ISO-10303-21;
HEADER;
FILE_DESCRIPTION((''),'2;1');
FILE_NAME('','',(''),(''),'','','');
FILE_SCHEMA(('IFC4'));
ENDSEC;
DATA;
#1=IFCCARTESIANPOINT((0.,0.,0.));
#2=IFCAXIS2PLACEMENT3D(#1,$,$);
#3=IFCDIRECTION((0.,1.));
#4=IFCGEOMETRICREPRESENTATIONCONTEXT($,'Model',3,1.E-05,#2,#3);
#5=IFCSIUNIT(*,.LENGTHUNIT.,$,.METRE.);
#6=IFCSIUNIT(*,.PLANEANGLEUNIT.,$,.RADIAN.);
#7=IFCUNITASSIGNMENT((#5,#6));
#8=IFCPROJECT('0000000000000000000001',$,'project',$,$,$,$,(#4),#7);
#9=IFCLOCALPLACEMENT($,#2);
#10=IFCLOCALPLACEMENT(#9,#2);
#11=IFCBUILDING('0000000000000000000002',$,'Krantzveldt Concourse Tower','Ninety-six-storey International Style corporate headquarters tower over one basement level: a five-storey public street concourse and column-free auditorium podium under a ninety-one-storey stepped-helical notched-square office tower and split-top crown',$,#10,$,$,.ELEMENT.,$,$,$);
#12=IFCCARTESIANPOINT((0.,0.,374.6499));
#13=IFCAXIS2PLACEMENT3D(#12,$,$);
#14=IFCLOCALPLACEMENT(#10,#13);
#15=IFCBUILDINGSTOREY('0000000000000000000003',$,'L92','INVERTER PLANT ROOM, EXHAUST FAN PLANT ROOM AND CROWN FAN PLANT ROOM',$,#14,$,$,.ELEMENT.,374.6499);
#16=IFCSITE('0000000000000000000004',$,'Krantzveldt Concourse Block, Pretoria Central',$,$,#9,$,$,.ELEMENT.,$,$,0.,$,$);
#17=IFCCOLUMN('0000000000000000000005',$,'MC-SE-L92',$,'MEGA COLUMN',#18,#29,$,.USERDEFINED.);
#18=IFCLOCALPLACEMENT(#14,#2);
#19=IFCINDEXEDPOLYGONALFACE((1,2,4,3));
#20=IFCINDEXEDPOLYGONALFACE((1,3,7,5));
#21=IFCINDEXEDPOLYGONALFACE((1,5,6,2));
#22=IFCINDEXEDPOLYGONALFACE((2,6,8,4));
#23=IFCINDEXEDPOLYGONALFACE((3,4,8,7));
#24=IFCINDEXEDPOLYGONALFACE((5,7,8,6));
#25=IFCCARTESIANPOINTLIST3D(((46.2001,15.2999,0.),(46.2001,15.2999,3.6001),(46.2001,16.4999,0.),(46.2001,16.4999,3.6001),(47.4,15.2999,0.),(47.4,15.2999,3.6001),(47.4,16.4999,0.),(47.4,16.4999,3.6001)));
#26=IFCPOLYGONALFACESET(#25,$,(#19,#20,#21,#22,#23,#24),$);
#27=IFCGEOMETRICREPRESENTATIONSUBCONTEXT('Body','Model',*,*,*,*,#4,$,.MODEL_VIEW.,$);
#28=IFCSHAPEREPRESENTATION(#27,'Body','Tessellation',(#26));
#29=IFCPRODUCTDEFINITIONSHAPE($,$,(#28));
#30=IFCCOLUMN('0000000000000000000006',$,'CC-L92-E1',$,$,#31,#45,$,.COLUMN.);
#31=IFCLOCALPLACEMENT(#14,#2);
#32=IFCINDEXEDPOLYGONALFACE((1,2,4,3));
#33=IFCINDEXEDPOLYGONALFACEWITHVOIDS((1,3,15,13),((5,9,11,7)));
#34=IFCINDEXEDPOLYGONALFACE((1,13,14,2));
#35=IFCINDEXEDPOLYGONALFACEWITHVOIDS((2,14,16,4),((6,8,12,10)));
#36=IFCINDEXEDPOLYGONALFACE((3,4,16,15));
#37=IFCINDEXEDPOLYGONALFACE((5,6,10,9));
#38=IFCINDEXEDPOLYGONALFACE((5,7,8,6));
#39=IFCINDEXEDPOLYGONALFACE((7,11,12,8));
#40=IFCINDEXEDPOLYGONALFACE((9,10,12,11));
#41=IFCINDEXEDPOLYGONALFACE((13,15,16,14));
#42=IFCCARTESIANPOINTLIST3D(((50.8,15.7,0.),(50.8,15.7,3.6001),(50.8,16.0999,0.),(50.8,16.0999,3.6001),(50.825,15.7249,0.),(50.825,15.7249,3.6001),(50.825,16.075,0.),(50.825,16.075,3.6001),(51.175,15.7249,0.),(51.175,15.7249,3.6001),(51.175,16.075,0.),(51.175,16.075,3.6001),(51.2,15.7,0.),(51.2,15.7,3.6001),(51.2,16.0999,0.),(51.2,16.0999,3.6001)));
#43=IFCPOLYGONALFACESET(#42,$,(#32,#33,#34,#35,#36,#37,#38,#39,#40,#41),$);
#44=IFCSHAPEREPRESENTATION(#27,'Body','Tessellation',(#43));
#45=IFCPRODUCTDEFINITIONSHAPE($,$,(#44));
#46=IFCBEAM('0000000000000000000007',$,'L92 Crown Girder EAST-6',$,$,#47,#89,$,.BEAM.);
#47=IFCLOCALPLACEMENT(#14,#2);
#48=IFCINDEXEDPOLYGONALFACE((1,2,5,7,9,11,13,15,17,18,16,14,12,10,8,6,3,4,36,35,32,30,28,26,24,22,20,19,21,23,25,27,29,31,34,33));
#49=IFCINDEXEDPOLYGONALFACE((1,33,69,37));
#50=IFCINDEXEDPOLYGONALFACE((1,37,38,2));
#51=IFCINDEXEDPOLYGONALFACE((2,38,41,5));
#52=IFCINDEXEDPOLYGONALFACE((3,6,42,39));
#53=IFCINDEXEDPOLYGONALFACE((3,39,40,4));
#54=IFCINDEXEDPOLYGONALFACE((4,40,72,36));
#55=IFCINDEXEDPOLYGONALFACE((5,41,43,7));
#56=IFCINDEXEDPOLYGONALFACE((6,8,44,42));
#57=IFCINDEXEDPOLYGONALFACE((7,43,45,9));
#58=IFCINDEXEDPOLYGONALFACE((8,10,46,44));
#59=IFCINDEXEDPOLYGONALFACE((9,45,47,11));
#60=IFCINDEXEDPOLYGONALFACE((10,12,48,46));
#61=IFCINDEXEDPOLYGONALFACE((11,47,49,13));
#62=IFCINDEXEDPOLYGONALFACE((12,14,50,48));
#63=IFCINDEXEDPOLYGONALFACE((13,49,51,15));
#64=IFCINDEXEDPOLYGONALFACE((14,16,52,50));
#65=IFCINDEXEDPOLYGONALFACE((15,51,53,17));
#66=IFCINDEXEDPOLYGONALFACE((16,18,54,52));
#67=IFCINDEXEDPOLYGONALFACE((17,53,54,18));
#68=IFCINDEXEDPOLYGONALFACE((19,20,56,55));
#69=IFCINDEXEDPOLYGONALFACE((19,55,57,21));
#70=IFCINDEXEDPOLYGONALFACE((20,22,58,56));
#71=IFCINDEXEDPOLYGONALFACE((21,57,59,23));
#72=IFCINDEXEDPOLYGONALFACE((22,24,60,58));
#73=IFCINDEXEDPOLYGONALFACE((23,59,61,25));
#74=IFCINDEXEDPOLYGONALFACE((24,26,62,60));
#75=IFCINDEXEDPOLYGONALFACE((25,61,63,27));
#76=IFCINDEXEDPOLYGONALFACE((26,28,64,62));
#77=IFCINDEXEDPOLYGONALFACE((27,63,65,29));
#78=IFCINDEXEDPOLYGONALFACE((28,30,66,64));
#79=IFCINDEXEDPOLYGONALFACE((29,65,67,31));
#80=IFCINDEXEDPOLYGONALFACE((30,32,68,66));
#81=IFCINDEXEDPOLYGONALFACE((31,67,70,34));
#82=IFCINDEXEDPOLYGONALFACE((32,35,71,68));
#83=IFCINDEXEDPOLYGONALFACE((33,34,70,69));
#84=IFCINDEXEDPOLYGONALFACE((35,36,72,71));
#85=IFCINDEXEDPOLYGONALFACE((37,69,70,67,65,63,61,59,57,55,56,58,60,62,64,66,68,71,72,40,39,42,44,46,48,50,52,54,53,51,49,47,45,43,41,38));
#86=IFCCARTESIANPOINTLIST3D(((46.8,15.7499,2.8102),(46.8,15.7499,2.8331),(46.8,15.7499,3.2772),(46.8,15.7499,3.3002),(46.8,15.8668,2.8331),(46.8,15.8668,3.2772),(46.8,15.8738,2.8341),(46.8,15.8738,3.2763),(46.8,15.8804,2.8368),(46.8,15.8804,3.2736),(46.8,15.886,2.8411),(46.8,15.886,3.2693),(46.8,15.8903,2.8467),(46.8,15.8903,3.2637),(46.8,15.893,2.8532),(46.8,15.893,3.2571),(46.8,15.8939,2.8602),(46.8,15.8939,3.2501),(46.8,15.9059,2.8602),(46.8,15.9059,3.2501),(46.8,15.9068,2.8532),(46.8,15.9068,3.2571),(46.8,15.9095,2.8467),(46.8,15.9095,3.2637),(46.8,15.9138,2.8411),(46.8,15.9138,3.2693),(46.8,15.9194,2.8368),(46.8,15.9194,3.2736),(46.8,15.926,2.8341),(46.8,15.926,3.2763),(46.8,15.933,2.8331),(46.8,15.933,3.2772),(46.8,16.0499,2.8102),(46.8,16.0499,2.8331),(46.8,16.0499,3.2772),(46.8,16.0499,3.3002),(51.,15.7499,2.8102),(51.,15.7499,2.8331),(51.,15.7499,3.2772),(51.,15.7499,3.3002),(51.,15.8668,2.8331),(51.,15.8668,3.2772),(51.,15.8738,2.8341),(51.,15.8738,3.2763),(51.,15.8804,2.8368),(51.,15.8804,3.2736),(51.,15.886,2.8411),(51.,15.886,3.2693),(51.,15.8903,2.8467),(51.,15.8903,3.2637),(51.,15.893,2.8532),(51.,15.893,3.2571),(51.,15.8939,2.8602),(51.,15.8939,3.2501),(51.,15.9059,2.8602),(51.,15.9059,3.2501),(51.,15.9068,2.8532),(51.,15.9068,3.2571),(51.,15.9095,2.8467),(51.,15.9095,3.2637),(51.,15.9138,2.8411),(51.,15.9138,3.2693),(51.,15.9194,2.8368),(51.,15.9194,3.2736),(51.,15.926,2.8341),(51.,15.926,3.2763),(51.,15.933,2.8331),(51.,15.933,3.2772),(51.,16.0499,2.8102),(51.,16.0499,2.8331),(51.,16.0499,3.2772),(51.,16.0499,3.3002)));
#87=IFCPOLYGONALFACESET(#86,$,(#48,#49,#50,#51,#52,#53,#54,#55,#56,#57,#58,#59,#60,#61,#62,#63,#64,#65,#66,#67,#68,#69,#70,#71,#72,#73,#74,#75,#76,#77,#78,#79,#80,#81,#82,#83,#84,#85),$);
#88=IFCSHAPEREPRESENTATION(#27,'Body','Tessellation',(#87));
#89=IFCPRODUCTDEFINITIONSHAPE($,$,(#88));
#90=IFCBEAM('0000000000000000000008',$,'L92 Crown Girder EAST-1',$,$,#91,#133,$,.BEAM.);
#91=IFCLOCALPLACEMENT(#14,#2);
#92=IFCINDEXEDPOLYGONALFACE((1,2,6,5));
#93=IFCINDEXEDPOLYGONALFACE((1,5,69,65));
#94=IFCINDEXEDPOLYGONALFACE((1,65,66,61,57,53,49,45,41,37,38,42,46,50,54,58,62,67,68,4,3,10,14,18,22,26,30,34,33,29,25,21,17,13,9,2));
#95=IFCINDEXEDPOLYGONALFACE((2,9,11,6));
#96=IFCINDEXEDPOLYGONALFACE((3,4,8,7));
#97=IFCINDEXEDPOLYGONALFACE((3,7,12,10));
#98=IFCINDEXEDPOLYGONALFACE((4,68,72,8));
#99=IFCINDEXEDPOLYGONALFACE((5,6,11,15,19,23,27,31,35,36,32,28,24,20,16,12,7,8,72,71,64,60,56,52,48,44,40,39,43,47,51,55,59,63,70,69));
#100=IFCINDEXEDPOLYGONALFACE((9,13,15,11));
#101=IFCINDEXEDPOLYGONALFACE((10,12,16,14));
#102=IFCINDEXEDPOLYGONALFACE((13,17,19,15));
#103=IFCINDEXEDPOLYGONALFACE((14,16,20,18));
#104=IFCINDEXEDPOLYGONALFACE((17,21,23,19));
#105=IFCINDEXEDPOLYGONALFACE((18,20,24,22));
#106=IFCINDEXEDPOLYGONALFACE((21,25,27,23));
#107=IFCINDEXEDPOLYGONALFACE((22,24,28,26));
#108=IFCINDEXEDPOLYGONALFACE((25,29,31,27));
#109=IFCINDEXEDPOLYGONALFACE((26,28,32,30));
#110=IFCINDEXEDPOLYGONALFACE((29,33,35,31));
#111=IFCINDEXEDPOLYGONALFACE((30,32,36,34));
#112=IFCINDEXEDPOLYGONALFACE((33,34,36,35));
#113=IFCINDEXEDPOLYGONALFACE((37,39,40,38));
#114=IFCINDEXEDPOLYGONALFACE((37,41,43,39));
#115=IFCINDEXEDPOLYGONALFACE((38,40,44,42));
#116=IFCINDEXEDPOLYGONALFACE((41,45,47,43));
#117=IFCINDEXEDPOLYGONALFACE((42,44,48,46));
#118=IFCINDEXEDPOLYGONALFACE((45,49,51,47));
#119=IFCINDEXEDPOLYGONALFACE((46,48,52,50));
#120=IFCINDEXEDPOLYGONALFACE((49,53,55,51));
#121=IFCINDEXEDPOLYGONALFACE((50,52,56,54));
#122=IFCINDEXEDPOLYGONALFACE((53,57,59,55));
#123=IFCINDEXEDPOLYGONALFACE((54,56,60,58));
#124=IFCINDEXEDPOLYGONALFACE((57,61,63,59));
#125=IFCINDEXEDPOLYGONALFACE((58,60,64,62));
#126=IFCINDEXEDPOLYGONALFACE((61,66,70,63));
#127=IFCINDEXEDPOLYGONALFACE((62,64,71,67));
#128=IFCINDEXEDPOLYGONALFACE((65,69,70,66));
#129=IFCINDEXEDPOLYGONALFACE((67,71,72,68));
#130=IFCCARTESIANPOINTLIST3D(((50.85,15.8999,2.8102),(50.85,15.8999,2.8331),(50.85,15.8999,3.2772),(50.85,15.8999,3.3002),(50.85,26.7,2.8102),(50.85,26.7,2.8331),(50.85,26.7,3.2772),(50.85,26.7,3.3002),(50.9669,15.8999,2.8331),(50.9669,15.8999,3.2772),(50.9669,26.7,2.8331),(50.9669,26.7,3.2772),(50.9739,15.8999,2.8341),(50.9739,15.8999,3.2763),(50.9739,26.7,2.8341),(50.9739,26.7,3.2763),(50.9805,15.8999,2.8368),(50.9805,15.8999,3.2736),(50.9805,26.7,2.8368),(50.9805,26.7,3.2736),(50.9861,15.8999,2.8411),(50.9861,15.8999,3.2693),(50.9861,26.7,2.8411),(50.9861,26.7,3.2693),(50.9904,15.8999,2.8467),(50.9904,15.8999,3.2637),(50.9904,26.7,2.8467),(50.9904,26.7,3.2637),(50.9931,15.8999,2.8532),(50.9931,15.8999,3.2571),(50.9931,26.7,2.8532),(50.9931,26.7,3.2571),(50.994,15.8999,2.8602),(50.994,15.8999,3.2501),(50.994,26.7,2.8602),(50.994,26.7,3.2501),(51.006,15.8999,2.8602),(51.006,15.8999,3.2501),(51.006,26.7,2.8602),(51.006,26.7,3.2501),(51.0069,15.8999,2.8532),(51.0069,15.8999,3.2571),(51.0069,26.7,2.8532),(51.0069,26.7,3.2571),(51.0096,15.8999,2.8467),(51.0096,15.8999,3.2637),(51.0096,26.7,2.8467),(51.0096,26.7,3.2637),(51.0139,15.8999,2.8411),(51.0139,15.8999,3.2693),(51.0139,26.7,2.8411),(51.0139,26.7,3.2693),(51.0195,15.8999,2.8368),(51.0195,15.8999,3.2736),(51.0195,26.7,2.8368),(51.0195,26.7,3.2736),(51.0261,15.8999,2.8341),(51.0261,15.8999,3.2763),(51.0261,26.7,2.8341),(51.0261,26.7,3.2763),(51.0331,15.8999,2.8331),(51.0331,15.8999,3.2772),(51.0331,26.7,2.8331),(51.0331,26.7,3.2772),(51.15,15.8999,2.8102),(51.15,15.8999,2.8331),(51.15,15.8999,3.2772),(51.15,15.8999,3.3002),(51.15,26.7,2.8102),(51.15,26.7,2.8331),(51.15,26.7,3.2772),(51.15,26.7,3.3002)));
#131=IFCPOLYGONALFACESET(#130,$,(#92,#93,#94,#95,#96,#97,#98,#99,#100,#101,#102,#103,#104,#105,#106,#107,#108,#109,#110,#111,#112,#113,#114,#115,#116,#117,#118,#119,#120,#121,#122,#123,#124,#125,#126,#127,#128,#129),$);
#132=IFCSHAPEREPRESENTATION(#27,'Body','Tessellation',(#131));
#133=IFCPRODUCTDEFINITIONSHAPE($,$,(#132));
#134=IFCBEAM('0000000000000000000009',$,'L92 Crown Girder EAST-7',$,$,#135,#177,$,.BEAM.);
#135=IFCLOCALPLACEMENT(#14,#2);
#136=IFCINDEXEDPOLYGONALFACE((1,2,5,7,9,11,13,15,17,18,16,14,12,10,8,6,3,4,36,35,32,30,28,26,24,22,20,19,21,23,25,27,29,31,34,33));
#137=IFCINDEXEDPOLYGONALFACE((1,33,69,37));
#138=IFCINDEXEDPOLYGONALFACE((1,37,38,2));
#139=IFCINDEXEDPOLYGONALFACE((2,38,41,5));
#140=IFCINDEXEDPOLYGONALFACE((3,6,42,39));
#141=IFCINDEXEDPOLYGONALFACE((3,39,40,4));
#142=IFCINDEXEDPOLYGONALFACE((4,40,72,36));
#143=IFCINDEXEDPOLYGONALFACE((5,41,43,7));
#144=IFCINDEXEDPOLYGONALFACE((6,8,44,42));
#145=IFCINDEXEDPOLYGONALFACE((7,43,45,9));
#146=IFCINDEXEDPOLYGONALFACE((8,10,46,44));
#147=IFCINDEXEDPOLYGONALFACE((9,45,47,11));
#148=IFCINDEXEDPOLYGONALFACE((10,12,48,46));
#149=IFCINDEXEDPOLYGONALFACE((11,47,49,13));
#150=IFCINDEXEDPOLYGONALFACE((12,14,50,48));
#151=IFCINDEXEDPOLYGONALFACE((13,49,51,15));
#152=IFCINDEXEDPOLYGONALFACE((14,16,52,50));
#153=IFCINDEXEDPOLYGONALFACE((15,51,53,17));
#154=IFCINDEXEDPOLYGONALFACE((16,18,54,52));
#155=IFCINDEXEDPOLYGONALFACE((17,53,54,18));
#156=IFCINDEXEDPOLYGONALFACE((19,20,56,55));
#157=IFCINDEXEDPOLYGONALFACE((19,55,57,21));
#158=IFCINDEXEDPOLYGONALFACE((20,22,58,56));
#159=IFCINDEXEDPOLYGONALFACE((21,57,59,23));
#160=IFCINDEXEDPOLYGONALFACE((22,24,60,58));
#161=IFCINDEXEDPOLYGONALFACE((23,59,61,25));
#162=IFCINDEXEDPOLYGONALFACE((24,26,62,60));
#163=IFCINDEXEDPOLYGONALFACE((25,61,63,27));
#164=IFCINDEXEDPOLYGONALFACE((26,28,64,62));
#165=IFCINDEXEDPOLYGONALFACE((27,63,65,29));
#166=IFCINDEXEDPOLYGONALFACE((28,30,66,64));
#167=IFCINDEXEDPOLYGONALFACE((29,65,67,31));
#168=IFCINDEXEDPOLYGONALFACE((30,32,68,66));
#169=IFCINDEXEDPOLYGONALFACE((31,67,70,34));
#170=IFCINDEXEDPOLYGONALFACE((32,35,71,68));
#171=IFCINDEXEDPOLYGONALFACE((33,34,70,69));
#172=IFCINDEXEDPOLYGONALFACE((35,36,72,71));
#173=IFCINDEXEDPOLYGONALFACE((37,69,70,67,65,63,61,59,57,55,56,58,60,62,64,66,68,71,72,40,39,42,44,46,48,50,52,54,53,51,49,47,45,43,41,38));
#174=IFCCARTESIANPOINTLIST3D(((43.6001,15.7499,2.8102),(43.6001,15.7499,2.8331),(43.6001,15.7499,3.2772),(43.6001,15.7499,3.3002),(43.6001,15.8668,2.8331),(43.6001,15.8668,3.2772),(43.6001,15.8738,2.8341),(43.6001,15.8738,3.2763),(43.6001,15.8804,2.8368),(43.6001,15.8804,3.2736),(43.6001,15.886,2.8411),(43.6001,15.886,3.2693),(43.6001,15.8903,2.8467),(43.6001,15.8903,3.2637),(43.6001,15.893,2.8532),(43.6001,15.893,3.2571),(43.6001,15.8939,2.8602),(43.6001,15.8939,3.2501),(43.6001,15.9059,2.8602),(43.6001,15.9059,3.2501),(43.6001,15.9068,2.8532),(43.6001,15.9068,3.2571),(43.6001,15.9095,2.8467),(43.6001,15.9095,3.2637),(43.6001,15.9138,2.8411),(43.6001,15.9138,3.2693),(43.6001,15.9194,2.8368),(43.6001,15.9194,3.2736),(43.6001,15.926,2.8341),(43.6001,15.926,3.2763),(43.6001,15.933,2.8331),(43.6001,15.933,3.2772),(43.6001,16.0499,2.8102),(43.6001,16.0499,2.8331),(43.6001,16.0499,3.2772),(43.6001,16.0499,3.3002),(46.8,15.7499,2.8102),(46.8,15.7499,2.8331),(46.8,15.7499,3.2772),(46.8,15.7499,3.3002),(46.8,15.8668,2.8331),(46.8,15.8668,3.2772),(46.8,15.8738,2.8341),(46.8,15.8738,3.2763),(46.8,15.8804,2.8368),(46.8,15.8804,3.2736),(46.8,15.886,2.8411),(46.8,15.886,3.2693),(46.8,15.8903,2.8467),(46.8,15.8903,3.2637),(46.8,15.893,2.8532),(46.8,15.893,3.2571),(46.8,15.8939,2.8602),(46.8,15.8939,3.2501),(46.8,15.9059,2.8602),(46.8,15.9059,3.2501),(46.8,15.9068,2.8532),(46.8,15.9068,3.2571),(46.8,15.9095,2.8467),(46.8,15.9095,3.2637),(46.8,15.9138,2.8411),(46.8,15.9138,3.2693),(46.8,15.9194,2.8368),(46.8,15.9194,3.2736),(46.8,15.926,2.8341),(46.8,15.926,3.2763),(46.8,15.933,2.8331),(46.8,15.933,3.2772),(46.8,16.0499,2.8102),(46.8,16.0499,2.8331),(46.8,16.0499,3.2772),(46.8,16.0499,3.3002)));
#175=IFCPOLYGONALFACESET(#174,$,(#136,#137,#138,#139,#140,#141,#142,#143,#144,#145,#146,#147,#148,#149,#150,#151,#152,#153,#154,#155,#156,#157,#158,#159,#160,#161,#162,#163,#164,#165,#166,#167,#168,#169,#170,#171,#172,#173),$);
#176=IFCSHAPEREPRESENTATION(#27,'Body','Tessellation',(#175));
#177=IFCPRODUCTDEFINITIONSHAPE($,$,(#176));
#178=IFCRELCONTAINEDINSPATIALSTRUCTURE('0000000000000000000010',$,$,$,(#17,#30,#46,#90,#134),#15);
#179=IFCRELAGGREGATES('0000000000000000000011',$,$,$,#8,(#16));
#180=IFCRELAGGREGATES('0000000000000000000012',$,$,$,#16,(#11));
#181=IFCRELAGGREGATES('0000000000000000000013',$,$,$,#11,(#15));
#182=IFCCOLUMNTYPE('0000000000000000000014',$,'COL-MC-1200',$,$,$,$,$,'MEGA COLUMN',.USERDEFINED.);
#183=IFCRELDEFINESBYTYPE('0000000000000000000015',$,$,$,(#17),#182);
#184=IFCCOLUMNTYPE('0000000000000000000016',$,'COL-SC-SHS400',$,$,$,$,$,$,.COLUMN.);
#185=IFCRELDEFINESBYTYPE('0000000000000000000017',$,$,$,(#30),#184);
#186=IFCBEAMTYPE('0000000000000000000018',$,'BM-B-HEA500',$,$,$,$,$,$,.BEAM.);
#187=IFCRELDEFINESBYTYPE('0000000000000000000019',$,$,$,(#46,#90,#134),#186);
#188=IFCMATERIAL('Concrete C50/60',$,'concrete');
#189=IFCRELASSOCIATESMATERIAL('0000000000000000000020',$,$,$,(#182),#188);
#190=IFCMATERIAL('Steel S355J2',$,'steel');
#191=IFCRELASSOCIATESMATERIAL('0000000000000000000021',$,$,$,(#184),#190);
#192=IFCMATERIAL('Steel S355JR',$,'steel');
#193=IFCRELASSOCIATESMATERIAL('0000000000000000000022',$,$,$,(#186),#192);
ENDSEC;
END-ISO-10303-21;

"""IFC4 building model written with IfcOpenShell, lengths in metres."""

from ifc_helpers import new_model, si_unit, direction, frame, origin, origin_2d, place, context, subcontext, project, spatial, rectangle, hollow_rectangle, i_section, extrude, source, transform, mapped, material, material_profile, profile_set, type_object, type_shapes, element, save


model = new_model("IFC4")

# Units and contexts
model_context = context("Model", 3, precision=1e-05, world=origin(), true_north=direction((0.0, 1.0)))
body_context = subcontext(model_context, "Body", "Model", "MODEL_VIEW")
ifc_project = project(units=[si_unit("LENGTHUNIT", "METRE"), si_unit("PLANEANGLEUNIT", "RADIAN")], contexts=[model_context])

# Site, building, storey
site_placement = place(None, origin())
site = spatial("IfcSite", under=ifc_project, at=site_placement, Name="Krantzveldt Concourse Block, Pretoria Central", CompositionType="ELEMENT", RefElevation=0.0)
building_placement = place(site_placement, origin())
building = spatial("IfcBuilding", under=site, at=building_placement, Name="Krantzveldt Concourse Tower", Description="Ninety-six-storey International Style corporate headquarters tower over one basement level: a five-storey public street concourse and column-free auditorium podium under a ninety-one-storey stepped-helical notched-square office tower and split-top crown", CompositionType="ELEMENT")
storey_placement = place(building_placement, frame((0.0, 0.0, 374.6499)))
storey = spatial("IfcBuildingStorey", under=building, at=storey_placement, Name="L92", Description="INVERTER PLANT ROOM, EXHAUST FAN PLANT ROOM AND CROWN FAN PLANT ROOM", CompositionType="ELEMENT", Elevation=374.6499)

# Columns
ifc_material_1 = material(Name="Concrete C50/60", Category="concrete")
ifc_material_profile_1 = material_profile(ifc_material_1, rectangle(XDim=1.2, YDim=1.2, at=origin_2d()), Name="Concrete C50/60", Category="concrete")
ifc_profile_set_1 = profile_set([ifc_material_profile_1], Name="Concrete C50/60 - RC 1200x1200")
column_type_1 = type_object("IfcColumnType", Name="COL-MC-1200", ElementType="MEGA COLUMN", PredefinedType="USERDEFINED", material=ifc_profile_set_1)
shared_shape_1 = source(origin(), body_context, "Body", "SweptSolid", [
    extrude(rectangle(XDim=1.2, YDim=1.2, at=origin_2d()), origin(), (0.0, 0.0, 1.0), 3.6001),
])
type_shapes(column_type_1, [shared_shape_1])
column_1_placement = place(storey_placement, frame((46.8, 15.8999, 0.0), z_axis=(0.0, 0.0, 1.0), x_axis=(1.0, 0.0, 0.0)))
element("IfcColumn", 1, at=column_1_placement, inside=storey, type_object=column_type_1, Name="MC-SE-L92", ObjectType="MEGA COLUMN", PredefinedType="USERDEFINED", context=body_context, shape_type="MappedRepresentation", body=[
    mapped(shared_shape_1, transform((0.0, 0.0, 0.0), x_axis=(1.0, 0.0, 0.0), y_axis=(0.0, 1.0, 0.0), z_axis=(0.0, 0.0, 1.0), scale=1.0)),
])
ifc_material_2 = material(Name="Steel S355J2", Category="steel")
ifc_material_profile_2 = material_profile(ifc_material_2, hollow_rectangle(XDim=0.3999, YDim=0.3999, WallThickness=0.0249, at=origin_2d()), Name="Steel S355J2", Category="steel")
ifc_profile_set_2 = profile_set([ifc_material_profile_2], Name="Steel S355J2 - SHS 400x400x25")
column_type_2 = type_object("IfcColumnType", Name="COL-SC-SHS400", PredefinedType="COLUMN", material=ifc_profile_set_2)
shared_shape_2 = source(origin(), body_context, "Body", "SweptSolid", [
    extrude(hollow_rectangle(XDim=0.3999, YDim=0.3999, WallThickness=0.0249, at=origin_2d()), origin(), (0.0, 0.0, 1.0), 3.6001),
])
type_shapes(column_type_2, [shared_shape_2])
column_2_placement = place(storey_placement, frame((51.0, 15.8999, 0.0), z_axis=(0.0, 0.0, 1.0), x_axis=(1.0, 0.0, 0.0)))
element("IfcColumn", 2, at=column_2_placement, inside=storey, type_object=column_type_2, Name="CC-L92-E1", PredefinedType="COLUMN", context=body_context, shape_type="MappedRepresentation", body=[
    mapped(shared_shape_2, transform((0.0, 0.0, 0.0), x_axis=(1.0, 0.0, 0.0), y_axis=(0.0, 1.0, 0.0), z_axis=(0.0, 0.0, 1.0), scale=1.0)),
])

# Beams
ifc_material_3 = material(Name="Steel S355JR", Category="steel")
ifc_material_profile_3 = material_profile(ifc_material_3, i_section(OverallWidth=0.3, OverallDepth=0.49, WebThickness=0.012, FlangeThickness=0.0229, FilletRadius=0.0271, at=origin_2d()), Name="Steel S355JR", Category="steel")
ifc_profile_set_3 = profile_set([ifc_material_profile_3], Name="Steel S355JR - HEA 500")
beam_type = type_object("IfcBeamType", Name="BM-B-HEA500", PredefinedType="BEAM", material=ifc_profile_set_3)
shared_shape_3 = source(origin(), body_context, "Body", "SweptSolid", [
    extrude(i_section(OverallWidth=0.3, OverallDepth=0.49, WebThickness=0.012, FlangeThickness=0.0229, FilletRadius=0.0271, at=origin_2d()), origin(), (0.0, 0.0, 1.0), 4.2),
])
beam_1_placement = place(storey_placement, frame((51.0, 15.8999, 3.0552), z_axis=(-1.0, 0.0, 0.0), x_axis=(0.0, -1.0, 0.0)))
element("IfcBeam", 3, at=beam_1_placement, inside=storey, type_object=beam_type, Name="L92 Crown Girder EAST-6", PredefinedType="BEAM", context=body_context, shape_type="MappedRepresentation", body=[
    mapped(shared_shape_3, transform((0.0, 0.0, 0.0), x_axis=(1.0, 0.0, 0.0), y_axis=(0.0, 1.0, 0.0), z_axis=(0.0, 0.0, 1.0), scale=1.0)),
])
shared_shape_4 = source(origin(), body_context, "Body", "SweptSolid", [
    extrude(i_section(OverallWidth=0.3, OverallDepth=0.49, WebThickness=0.012, FlangeThickness=0.0229, FilletRadius=0.0271, at=origin_2d()), origin(), (0.0, 0.0, 1.0), 10.8),
])
beam_2_placement = place(storey_placement, frame((51.0, 15.8999, 3.0552), z_axis=(0.0, 1.0, 0.0), x_axis=(-1.0, 0.0, 0.0)))
element("IfcBeam", 4, at=beam_2_placement, inside=storey, type_object=beam_type, Name="L92 Crown Girder EAST-1", PredefinedType="BEAM", context=body_context, shape_type="MappedRepresentation", body=[
    mapped(shared_shape_4, transform((0.0, 0.0, 0.0), x_axis=(1.0, 0.0, 0.0), y_axis=(0.0, 1.0, 0.0), z_axis=(0.0, 0.0, 1.0), scale=1.0)),
])
shared_shape_5 = source(origin(), body_context, "Body", "SweptSolid", [
    extrude(i_section(OverallWidth=0.3, OverallDepth=0.49, WebThickness=0.012, FlangeThickness=0.0229, FilletRadius=0.0271, at=origin_2d()), origin(), (0.0, 0.0, 1.0), 3.2),
])
beam_3_placement = place(storey_placement, frame((46.8, 15.8999, 3.0552), z_axis=(-1.0, 0.0, 0.0), x_axis=(0.0, -1.0, 0.0)))
element("IfcBeam", 5, at=beam_3_placement, inside=storey, type_object=beam_type, Name="L92 Crown Girder EAST-7", PredefinedType="BEAM", context=body_context, shape_type="MappedRepresentation", body=[
    mapped(shared_shape_5, transform((0.0, 0.0, 0.0), x_axis=(1.0, 0.0, 0.0), y_axis=(0.0, 1.0, 0.0), z_axis=(0.0, 0.0, 1.0), scale=1.0)),
])

save(model, "model.ifc")
